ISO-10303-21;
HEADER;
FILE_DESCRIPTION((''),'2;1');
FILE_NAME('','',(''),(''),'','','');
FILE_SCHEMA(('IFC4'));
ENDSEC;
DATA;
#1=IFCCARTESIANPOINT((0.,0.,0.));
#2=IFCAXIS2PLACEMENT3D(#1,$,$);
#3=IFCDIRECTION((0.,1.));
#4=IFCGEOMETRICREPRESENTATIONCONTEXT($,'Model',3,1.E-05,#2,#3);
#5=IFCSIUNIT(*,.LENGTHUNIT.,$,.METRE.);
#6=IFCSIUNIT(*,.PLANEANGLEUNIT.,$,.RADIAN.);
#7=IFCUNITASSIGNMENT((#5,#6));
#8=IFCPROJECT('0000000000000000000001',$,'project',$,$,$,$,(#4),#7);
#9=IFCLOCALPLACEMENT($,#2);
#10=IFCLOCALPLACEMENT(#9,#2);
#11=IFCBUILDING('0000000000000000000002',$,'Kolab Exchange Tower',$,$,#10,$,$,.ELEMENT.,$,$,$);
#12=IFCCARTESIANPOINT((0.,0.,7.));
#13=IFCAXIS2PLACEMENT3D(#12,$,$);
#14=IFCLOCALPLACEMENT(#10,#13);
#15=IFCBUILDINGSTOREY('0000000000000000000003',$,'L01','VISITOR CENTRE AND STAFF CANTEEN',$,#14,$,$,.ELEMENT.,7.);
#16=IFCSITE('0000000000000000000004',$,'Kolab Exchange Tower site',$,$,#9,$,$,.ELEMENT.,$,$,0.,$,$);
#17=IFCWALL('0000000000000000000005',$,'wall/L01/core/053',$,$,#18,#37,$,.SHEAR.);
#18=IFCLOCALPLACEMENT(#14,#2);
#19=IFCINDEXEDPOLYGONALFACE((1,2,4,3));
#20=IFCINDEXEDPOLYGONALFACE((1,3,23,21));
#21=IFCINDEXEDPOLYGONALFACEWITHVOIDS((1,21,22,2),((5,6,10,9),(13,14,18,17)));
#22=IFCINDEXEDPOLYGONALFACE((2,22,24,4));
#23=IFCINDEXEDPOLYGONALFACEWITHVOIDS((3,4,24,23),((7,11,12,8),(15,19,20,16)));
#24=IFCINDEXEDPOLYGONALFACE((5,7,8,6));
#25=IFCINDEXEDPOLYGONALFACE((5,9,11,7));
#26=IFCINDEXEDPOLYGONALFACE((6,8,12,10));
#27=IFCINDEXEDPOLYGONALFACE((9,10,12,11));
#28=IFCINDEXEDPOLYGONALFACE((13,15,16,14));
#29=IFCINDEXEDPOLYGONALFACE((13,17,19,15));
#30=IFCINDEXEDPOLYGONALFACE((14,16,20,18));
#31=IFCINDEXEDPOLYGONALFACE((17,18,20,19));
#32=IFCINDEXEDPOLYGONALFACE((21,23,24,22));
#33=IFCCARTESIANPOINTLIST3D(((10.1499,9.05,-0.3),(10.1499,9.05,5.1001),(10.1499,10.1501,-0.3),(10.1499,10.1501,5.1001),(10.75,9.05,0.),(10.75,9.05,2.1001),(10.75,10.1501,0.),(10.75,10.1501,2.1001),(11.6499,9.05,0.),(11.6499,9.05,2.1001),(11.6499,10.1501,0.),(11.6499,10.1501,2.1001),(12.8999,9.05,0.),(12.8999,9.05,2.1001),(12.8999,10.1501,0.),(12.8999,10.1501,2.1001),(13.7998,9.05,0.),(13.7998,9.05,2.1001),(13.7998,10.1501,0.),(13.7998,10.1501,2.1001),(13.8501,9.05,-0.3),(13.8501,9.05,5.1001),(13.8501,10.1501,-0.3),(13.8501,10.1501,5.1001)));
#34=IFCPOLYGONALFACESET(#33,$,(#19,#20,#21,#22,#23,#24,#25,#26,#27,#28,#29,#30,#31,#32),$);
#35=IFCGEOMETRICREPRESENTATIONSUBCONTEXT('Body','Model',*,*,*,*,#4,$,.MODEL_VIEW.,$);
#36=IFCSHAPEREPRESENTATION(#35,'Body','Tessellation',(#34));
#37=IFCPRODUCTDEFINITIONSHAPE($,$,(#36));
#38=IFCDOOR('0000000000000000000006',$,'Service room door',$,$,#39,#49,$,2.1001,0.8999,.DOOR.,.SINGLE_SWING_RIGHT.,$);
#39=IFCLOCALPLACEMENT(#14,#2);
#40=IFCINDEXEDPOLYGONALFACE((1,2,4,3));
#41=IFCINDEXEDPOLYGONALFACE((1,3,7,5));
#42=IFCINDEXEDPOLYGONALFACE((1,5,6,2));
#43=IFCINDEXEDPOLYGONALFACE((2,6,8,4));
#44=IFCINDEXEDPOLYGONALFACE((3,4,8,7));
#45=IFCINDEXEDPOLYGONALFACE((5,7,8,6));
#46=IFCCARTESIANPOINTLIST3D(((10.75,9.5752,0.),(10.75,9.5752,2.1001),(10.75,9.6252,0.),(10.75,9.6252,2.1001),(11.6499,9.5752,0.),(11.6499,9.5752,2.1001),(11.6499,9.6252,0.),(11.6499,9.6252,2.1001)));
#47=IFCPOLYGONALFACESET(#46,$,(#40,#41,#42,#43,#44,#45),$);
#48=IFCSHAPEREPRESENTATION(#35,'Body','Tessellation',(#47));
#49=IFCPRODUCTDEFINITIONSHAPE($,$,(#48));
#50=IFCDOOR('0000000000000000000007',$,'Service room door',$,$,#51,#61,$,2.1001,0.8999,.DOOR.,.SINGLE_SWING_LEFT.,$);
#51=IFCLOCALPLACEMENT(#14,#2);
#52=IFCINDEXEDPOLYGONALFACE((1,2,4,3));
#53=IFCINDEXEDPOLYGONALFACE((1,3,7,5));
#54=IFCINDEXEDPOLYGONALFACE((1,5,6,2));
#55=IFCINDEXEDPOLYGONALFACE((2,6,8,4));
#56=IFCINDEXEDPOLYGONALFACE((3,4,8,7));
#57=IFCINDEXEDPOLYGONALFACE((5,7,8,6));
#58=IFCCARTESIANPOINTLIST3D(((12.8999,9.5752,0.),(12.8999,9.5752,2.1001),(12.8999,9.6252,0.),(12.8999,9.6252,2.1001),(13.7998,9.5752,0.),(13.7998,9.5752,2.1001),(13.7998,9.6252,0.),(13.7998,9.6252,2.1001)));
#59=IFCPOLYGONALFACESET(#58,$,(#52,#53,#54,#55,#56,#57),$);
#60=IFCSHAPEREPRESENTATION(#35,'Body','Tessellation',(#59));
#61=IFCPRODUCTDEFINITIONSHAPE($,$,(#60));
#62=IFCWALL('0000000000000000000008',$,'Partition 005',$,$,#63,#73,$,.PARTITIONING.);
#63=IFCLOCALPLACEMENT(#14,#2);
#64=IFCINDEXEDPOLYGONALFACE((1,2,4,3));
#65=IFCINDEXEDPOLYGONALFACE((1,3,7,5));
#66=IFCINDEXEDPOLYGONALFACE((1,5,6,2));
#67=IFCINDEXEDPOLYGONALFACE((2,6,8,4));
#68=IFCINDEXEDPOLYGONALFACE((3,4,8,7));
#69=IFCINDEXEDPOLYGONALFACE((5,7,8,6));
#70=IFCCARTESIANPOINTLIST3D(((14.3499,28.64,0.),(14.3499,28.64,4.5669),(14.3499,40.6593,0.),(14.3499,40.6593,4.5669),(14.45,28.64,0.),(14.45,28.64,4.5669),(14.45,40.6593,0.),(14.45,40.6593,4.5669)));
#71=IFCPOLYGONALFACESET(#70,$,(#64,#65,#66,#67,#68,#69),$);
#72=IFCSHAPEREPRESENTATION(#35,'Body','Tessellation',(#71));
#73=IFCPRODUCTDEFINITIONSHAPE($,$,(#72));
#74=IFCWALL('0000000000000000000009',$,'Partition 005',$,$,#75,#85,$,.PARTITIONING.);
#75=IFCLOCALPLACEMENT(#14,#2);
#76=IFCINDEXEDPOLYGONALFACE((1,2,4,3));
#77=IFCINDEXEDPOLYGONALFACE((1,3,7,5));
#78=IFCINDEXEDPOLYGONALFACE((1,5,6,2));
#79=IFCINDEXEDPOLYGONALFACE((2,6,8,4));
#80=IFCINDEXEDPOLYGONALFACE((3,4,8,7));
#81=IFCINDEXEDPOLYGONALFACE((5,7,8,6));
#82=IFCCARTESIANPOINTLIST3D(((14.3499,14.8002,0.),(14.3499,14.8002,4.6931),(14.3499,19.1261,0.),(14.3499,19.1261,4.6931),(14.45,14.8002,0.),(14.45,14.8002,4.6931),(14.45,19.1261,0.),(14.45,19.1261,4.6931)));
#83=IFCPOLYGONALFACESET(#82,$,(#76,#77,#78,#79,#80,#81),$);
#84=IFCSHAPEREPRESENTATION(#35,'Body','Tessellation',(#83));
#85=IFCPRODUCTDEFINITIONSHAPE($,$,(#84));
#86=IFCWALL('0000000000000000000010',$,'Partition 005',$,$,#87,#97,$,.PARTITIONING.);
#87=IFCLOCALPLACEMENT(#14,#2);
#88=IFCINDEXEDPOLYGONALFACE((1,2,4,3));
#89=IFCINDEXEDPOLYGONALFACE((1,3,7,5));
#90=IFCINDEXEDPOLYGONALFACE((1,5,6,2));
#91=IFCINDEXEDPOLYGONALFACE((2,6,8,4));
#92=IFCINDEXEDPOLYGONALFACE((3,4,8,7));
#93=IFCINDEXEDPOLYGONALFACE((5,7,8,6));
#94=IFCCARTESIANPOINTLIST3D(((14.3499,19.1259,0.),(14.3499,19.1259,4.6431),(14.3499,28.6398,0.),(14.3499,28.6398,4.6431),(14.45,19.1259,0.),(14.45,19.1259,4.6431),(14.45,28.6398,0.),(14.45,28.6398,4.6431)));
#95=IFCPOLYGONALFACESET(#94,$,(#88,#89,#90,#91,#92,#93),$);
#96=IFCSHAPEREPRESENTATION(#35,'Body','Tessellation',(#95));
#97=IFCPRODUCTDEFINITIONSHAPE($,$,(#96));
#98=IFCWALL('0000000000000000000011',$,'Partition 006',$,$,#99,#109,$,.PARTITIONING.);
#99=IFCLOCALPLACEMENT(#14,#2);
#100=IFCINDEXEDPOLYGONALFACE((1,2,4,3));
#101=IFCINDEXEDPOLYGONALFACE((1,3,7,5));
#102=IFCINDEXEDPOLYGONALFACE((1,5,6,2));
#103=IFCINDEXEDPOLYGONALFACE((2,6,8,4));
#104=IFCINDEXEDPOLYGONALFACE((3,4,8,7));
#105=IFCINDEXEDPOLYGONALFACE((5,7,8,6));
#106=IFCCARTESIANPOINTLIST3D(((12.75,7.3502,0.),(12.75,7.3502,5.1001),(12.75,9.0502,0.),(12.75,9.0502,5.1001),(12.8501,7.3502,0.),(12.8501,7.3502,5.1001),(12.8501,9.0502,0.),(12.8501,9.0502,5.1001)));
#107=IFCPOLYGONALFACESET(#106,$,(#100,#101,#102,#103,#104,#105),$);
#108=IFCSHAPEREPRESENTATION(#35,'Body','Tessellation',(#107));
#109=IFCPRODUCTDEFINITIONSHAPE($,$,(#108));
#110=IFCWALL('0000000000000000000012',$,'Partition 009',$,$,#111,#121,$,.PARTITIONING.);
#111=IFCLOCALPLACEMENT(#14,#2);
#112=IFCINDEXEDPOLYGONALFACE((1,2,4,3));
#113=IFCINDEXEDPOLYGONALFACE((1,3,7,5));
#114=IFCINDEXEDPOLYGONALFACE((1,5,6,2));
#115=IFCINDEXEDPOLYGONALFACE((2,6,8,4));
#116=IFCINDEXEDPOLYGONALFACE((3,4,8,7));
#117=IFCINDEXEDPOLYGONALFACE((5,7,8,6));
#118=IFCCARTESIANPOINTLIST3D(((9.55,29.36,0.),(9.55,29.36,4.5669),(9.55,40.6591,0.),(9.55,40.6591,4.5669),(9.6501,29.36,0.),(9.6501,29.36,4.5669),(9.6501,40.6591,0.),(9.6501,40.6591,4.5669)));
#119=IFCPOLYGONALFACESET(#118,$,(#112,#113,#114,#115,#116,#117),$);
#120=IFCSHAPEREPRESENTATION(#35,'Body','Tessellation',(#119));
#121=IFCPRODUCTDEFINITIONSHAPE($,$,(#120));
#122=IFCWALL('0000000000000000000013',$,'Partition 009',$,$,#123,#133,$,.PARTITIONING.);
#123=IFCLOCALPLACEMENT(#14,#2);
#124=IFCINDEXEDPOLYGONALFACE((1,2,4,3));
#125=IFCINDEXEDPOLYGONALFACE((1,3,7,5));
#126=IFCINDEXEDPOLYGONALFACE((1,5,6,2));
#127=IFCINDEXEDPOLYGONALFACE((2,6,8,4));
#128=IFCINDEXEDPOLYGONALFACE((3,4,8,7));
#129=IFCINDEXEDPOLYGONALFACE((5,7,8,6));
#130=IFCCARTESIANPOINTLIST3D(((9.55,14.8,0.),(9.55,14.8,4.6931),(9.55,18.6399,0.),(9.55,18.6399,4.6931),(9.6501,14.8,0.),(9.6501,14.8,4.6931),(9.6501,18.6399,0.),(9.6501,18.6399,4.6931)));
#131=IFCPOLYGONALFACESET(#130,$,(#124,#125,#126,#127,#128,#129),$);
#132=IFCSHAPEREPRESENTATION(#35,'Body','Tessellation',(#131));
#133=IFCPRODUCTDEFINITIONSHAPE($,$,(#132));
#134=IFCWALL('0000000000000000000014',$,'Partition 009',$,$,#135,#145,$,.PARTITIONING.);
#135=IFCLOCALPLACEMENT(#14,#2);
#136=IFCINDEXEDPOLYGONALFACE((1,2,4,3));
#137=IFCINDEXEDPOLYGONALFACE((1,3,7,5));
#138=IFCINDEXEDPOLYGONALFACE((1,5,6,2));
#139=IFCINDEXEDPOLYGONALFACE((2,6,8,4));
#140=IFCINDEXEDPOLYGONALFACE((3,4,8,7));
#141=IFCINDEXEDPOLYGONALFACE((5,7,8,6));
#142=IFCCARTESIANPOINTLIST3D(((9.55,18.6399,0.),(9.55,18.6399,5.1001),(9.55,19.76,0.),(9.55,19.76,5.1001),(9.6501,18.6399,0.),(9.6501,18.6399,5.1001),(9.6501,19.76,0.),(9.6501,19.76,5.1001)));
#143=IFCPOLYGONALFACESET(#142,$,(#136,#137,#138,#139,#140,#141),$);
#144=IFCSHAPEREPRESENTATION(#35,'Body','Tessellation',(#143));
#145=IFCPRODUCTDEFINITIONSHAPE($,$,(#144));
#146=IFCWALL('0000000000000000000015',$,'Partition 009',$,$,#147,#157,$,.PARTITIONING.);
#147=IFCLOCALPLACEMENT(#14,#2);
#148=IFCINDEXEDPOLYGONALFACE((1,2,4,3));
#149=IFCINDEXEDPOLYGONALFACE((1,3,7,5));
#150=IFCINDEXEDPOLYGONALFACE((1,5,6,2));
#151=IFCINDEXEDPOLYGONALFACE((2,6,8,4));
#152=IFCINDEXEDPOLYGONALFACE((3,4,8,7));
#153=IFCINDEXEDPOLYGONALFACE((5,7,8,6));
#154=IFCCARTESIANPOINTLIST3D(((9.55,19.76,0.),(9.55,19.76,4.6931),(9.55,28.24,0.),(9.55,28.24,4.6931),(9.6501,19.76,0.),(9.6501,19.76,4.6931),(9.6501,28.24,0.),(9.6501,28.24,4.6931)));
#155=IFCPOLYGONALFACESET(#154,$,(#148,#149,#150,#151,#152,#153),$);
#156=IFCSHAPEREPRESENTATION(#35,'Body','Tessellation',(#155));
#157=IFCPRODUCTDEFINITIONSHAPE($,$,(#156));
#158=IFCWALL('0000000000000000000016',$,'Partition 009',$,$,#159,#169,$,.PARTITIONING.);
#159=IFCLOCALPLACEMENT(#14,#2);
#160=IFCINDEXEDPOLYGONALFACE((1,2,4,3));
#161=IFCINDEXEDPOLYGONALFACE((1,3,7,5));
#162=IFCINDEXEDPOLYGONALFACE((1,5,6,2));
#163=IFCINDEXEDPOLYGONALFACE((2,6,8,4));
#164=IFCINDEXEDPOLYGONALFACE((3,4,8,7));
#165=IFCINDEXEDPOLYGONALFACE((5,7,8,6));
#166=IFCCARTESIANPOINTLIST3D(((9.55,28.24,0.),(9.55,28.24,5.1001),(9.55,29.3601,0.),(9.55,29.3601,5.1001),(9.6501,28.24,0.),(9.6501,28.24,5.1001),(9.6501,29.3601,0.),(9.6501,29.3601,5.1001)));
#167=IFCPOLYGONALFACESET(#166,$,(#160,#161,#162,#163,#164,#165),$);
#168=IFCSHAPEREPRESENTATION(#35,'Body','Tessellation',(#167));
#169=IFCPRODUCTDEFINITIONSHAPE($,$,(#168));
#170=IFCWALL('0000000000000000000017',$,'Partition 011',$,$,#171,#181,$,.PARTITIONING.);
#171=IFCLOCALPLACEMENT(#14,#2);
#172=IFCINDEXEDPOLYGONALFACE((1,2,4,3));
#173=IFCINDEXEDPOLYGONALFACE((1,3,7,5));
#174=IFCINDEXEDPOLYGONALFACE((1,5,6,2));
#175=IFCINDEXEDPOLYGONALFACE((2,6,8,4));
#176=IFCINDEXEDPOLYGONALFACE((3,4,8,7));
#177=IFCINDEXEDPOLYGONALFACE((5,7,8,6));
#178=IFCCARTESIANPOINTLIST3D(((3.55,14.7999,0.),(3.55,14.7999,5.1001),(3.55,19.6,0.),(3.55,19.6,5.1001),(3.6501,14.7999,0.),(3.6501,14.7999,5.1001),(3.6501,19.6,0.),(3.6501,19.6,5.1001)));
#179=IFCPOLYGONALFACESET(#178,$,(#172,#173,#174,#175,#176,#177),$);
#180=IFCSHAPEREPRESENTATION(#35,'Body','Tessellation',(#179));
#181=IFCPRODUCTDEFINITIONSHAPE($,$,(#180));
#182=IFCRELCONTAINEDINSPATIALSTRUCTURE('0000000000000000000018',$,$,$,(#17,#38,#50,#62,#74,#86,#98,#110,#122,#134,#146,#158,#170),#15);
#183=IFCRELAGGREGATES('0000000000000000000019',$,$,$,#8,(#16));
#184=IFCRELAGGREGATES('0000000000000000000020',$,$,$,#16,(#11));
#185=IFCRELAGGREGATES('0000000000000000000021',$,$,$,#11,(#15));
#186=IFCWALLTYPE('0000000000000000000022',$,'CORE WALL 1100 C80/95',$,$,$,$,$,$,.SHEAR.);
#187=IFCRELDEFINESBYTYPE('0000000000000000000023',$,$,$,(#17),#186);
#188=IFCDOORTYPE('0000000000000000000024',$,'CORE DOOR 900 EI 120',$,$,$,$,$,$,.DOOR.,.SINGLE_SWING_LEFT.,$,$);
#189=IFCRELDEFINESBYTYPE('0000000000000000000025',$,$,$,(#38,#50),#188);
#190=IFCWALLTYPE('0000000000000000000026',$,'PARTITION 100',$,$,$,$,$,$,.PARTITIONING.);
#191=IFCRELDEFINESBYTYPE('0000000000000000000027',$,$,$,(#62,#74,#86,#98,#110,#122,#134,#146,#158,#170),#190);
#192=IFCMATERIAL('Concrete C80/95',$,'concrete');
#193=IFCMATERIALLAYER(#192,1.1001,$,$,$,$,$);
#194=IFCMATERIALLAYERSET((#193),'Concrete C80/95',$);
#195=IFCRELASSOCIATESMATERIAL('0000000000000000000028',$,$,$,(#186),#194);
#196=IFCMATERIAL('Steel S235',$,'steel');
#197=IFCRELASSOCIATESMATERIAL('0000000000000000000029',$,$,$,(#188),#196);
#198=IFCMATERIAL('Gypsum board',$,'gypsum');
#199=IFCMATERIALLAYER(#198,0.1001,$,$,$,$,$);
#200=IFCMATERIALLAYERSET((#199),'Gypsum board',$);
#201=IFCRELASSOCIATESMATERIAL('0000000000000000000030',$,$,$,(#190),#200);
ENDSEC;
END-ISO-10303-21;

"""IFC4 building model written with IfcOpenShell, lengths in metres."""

from ifc_helpers import new_model, si_unit, direction, frame, frame_2d, origin, place, context, subcontext, project, spatial, rectangle, extrude, material, layer, layer_set, type_object, element, fill, save


model = new_model("IFC4")

# Units and contexts
model_context = context("Model", 3, precision=1e-05, world=origin(), true_north=direction((0.0, 1.0)))
body_context = subcontext(model_context, "Body", "Model", "MODEL_VIEW")
ifc_project = project(units=[si_unit("LENGTHUNIT", "METRE"), si_unit("PLANEANGLEUNIT", "RADIAN")], contexts=[model_context])

# Site, building, storey
site_placement = place(None, origin())
site = spatial("IfcSite", under=ifc_project, at=site_placement, Name="Kolab Exchange Tower site", CompositionType="ELEMENT", RefElevation=0.0)
building_placement = place(site_placement, origin())
building = spatial("IfcBuilding", under=site, at=building_placement, Name="Kolab Exchange Tower", CompositionType="ELEMENT")
storey_placement = place(building_placement, frame((0.0, 0.0, 7.0)))
storey = spatial("IfcBuildingStorey", under=building, at=storey_placement, Name="L01", Description="VISITOR CENTRE AND STAFF CANTEEN", CompositionType="ELEMENT", Elevation=7.0)

# Shared definitions
ifc_material_1 = material(Name="Concrete C80/95", Category="concrete")

# Wall, openings, doors
ifc_layer_1 = layer(ifc_material_1, 1.1001)
ifc_layer_set_1 = layer_set([ifc_layer_1], Name="Concrete C80/95")
wall_type_1 = type_object("IfcWallType", Name="CORE WALL 1100 C80/95", PredefinedType="SHEAR", material=ifc_layer_set_1)
wall_1_placement = place(storey_placement, frame((10.1499, 9.6001, -0.3), z_axis=(0.0, 0.0, 1.0), x_axis=(1.0, 0.0, 0.0)))
wall_1 = element("IfcWall", 1, at=wall_1_placement, inside=storey, type_object=wall_type_1, Name="wall/L01/core/053", PredefinedType="SHEAR", context=body_context, shape_type="SweptSolid", body=[
    extrude(rectangle(XDim=3.7002, YDim=1.1001, at=frame_2d((1.8501, 0.0))), origin(), (0.0, 0.0, 1.0), 5.4001),
])
opening_1_placement = place(wall_1_placement, frame((0.6001, 0.0, 0.3)))
opening_1 = element("IfcOpeningElement", 2, at=opening_1_placement, cuts=wall_1, PredefinedType="OPENING", context=body_context, shape_type="SweptSolid", body=[
    extrude(rectangle(XDim=0.8999, YDim=2.1001, at=frame_2d((0.45, 1.05))), frame((0.0, 0.5601, 0.0), z_axis=(0.0, -1.0, 0.0), x_axis=(1.0, 0.0, 0.0)), (0.0, 0.0, 1.0), 1.1201),
])
opening_2_placement = place(wall_1_placement, frame((2.75, 0.0, 0.3)))
opening_2 = element("IfcOpeningElement", 3, at=opening_2_placement, cuts=wall_1, PredefinedType="OPENING", context=body_context, shape_type="SweptSolid", body=[
    extrude(rectangle(XDim=0.8999, YDim=2.1001, at=frame_2d((0.45, 1.05))), frame((0.0, 0.5601, 0.0), z_axis=(0.0, -1.0, 0.0), x_axis=(1.0, 0.0, 0.0)), (0.0, 0.0, 1.0), 1.1201),
])
ifc_material_2 = material(Name="Steel S235", Category="steel")
door_type = type_object("IfcDoorType", Name="CORE DOOR 900 EI 120", OperationType="SINGLE_SWING_LEFT", PredefinedType="DOOR", material=ifc_material_2)
door_1_placement = place(opening_1_placement, frame((0.8999, 0.0, 0.0), z_axis=(0.0, 0.0, 1.0), x_axis=(-1.0, 0.0, 0.0)))
door_1 = element("IfcDoor", 4, at=door_1_placement, inside=storey, type_object=door_type, Name="Service room door", OperationType="SINGLE_SWING_RIGHT", OverallHeight=2.1001, OverallWidth=0.8999, PredefinedType="DOOR", context=body_context, shape_type="SweptSolid", body=[
    extrude(rectangle(XDim=0.8999, YDim=2.1001, at=frame_2d((0.45, 1.05))), frame((0.0, 0.0249, 0.0), z_axis=(0.0, -1.0, 0.0), x_axis=(1.0, 0.0, 0.0)), (0.0, 0.0, 1.0), 0.05),
])
fill(opening_1, door_1)
door_2_placement = place(opening_2_placement, frame((0.8999, 0.0, 0.0), z_axis=(0.0, 0.0, 1.0), x_axis=(-1.0, 0.0, 0.0)))
door_2 = element("IfcDoor", 5, at=door_2_placement, inside=storey, type_object=door_type, Name="Service room door", OperationType="SINGLE_SWING_LEFT", OverallHeight=2.1001, OverallWidth=0.8999, PredefinedType="DOOR", context=body_context, shape_type="SweptSolid", body=[
    extrude(rectangle(XDim=0.8999, YDim=2.1001, at=frame_2d((0.45, 1.05))), frame((0.0, 0.0249, 0.0), z_axis=(0.0, -1.0, 0.0), x_axis=(1.0, 0.0, 0.0)), (0.0, 0.0, 1.0), 0.05),
])
fill(opening_2, door_2)

# Walls
ifc_material_3 = material(Name="Gypsum board", Category="gypsum")
ifc_layer_2 = layer(ifc_material_3, 0.1001)
ifc_layer_set_2 = layer_set([ifc_layer_2], Name="Gypsum board")
wall_type_2 = type_object("IfcWallType", Name="PARTITION 100", PredefinedType="PARTITIONING", material=ifc_layer_set_2)
wall_2_placement = place(storey_placement, frame((14.3999, 28.6399, 0.0), z_axis=(0.0, 0.0, 1.0), x_axis=(0.0, 1.0, 0.0)))
element("IfcWall", 6, at=wall_2_placement, inside=storey, type_object=wall_type_2, Name="Partition 005", PredefinedType="PARTITIONING", context=body_context, shape_type="SweptSolid", body=[
    extrude(rectangle(XDim=12.0193, YDim=0.1001, at=frame_2d((6.0098, 0.0))), origin(), (0.0, 0.0, 1.0), 4.5669),
])
wall_3_placement = place(storey_placement, frame((14.3999, 14.8, 0.0), z_axis=(0.0, 0.0, 1.0), x_axis=(0.0, 1.0, 0.0)))
element("IfcWall", 7, at=wall_3_placement, inside=storey, type_object=wall_type_2, Name="Partition 005", PredefinedType="PARTITIONING", context=body_context, shape_type="SweptSolid", body=[
    extrude(rectangle(XDim=4.3259, YDim=0.1001, at=frame_2d((2.1631, 0.0))), origin(), (0.0, 0.0, 1.0), 4.6931),
])
wall_4_placement = place(storey_placement, frame((14.3999, 19.126, 0.0), z_axis=(0.0, 0.0, 1.0), x_axis=(0.0, 1.0, 0.0)))
element("IfcWall", 8, at=wall_4_placement, inside=storey, type_object=wall_type_2, Name="Partition 005", PredefinedType="PARTITIONING", context=body_context, shape_type="SweptSolid", body=[
    extrude(rectangle(XDim=9.5139, YDim=0.1001, at=frame_2d((4.7568, 0.0))), origin(), (0.0, 0.0, 1.0), 4.6431),
])
wall_5_placement = place(storey_placement, frame((12.8, 7.3501, 0.0), z_axis=(0.0, 0.0, 1.0), x_axis=(0.0, 1.0, 0.0)))
element("IfcWall", 9, at=wall_5_placement, inside=storey, type_object=wall_type_2, Name="Partition 006", PredefinedType="PARTITIONING", context=body_context, shape_type="SweptSolid", body=[
    extrude(rectangle(XDim=1.7, YDim=0.1001, at=frame_2d((0.8501, 0.0))), origin(), (0.0, 0.0, 1.0), 5.1001),
])
wall_6_placement = place(storey_placement, frame((9.6001, 29.3601, 0.0), z_axis=(0.0, 0.0, 1.0), x_axis=(0.0, 1.0, 0.0)))
element("IfcWall", 10, at=wall_6_placement, inside=storey, type_object=wall_type_2, Name="Partition 009", PredefinedType="PARTITIONING", context=body_context, shape_type="SweptSolid", body=[
    extrude(rectangle(XDim=11.2991, YDim=0.1001, at=frame_2d((5.6494, 0.0))), origin(), (0.0, 0.0, 1.0), 4.5669),
])
wall_7_placement = place(storey_placement, frame((9.6001, 14.8, 0.0), z_axis=(0.0, 0.0, 1.0), x_axis=(0.0, 1.0, 0.0)))
element("IfcWall", 11, at=wall_7_placement, inside=storey, type_object=wall_type_2, Name="Partition 009", PredefinedType="PARTITIONING", context=body_context, shape_type="SweptSolid", body=[
    extrude(rectangle(XDim=3.8398, YDim=0.1001, at=frame_2d((1.9199, 0.0))), origin(), (0.0, 0.0, 1.0), 4.6931),
])
wall_8_placement = place(storey_placement, frame((9.6001, 18.6399, 0.0), z_axis=(0.0, 0.0, 1.0), x_axis=(0.0, 1.0, 0.0)))
element("IfcWall", 12, at=wall_8_placement, inside=storey, type_object=wall_type_2, Name="Partition 009", PredefinedType="PARTITIONING", context=body_context, shape_type="SweptSolid", body=[
    extrude(rectangle(XDim=1.1201, YDim=0.1001, at=frame_2d((0.5601, 0.0))), origin(), (0.0, 0.0, 1.0), 5.1001),
])
wall_9_placement = place(storey_placement, frame((9.6001, 19.76, 0.0), z_axis=(0.0, 0.0, 1.0), x_axis=(0.0, 1.0, 0.0)))
element("IfcWall", 13, at=wall_9_placement, inside=storey, type_object=wall_type_2, Name="Partition 009", PredefinedType="PARTITIONING", context=body_context, shape_type="SweptSolid", body=[
    extrude(rectangle(XDim=8.48, YDim=0.1001, at=frame_2d((4.24, 0.0))), origin(), (0.0, 0.0, 1.0), 4.6931),
])
wall_10_placement = place(storey_placement, frame((9.6001, 28.24, 0.0), z_axis=(0.0, 0.0, 1.0), x_axis=(0.0, 1.0, 0.0)))
element("IfcWall", 14, at=wall_10_placement, inside=storey, type_object=wall_type_2, Name="Partition 009", PredefinedType="PARTITIONING", context=body_context, shape_type="SweptSolid", body=[
    extrude(rectangle(XDim=1.1201, YDim=0.1001, at=frame_2d((0.5601, 0.0))), origin(), (0.0, 0.0, 1.0), 5.1001),
])
wall_11_placement = place(storey_placement, frame((3.6001, 14.8, 0.0), z_axis=(0.0, 0.0, 1.0), x_axis=(0.0, 1.0, 0.0)))
element("IfcWall", 15, at=wall_11_placement, inside=storey, type_object=wall_type_2, Name="Partition 011", PredefinedType="PARTITIONING", context=body_context, shape_type="SweptSolid", body=[
    extrude(rectangle(XDim=4.8, YDim=0.1001, at=frame_2d((2.3999, 0.0))), origin(), (0.0, 0.0, 1.0), 5.1001),
])

save(model, "model.ifc")
